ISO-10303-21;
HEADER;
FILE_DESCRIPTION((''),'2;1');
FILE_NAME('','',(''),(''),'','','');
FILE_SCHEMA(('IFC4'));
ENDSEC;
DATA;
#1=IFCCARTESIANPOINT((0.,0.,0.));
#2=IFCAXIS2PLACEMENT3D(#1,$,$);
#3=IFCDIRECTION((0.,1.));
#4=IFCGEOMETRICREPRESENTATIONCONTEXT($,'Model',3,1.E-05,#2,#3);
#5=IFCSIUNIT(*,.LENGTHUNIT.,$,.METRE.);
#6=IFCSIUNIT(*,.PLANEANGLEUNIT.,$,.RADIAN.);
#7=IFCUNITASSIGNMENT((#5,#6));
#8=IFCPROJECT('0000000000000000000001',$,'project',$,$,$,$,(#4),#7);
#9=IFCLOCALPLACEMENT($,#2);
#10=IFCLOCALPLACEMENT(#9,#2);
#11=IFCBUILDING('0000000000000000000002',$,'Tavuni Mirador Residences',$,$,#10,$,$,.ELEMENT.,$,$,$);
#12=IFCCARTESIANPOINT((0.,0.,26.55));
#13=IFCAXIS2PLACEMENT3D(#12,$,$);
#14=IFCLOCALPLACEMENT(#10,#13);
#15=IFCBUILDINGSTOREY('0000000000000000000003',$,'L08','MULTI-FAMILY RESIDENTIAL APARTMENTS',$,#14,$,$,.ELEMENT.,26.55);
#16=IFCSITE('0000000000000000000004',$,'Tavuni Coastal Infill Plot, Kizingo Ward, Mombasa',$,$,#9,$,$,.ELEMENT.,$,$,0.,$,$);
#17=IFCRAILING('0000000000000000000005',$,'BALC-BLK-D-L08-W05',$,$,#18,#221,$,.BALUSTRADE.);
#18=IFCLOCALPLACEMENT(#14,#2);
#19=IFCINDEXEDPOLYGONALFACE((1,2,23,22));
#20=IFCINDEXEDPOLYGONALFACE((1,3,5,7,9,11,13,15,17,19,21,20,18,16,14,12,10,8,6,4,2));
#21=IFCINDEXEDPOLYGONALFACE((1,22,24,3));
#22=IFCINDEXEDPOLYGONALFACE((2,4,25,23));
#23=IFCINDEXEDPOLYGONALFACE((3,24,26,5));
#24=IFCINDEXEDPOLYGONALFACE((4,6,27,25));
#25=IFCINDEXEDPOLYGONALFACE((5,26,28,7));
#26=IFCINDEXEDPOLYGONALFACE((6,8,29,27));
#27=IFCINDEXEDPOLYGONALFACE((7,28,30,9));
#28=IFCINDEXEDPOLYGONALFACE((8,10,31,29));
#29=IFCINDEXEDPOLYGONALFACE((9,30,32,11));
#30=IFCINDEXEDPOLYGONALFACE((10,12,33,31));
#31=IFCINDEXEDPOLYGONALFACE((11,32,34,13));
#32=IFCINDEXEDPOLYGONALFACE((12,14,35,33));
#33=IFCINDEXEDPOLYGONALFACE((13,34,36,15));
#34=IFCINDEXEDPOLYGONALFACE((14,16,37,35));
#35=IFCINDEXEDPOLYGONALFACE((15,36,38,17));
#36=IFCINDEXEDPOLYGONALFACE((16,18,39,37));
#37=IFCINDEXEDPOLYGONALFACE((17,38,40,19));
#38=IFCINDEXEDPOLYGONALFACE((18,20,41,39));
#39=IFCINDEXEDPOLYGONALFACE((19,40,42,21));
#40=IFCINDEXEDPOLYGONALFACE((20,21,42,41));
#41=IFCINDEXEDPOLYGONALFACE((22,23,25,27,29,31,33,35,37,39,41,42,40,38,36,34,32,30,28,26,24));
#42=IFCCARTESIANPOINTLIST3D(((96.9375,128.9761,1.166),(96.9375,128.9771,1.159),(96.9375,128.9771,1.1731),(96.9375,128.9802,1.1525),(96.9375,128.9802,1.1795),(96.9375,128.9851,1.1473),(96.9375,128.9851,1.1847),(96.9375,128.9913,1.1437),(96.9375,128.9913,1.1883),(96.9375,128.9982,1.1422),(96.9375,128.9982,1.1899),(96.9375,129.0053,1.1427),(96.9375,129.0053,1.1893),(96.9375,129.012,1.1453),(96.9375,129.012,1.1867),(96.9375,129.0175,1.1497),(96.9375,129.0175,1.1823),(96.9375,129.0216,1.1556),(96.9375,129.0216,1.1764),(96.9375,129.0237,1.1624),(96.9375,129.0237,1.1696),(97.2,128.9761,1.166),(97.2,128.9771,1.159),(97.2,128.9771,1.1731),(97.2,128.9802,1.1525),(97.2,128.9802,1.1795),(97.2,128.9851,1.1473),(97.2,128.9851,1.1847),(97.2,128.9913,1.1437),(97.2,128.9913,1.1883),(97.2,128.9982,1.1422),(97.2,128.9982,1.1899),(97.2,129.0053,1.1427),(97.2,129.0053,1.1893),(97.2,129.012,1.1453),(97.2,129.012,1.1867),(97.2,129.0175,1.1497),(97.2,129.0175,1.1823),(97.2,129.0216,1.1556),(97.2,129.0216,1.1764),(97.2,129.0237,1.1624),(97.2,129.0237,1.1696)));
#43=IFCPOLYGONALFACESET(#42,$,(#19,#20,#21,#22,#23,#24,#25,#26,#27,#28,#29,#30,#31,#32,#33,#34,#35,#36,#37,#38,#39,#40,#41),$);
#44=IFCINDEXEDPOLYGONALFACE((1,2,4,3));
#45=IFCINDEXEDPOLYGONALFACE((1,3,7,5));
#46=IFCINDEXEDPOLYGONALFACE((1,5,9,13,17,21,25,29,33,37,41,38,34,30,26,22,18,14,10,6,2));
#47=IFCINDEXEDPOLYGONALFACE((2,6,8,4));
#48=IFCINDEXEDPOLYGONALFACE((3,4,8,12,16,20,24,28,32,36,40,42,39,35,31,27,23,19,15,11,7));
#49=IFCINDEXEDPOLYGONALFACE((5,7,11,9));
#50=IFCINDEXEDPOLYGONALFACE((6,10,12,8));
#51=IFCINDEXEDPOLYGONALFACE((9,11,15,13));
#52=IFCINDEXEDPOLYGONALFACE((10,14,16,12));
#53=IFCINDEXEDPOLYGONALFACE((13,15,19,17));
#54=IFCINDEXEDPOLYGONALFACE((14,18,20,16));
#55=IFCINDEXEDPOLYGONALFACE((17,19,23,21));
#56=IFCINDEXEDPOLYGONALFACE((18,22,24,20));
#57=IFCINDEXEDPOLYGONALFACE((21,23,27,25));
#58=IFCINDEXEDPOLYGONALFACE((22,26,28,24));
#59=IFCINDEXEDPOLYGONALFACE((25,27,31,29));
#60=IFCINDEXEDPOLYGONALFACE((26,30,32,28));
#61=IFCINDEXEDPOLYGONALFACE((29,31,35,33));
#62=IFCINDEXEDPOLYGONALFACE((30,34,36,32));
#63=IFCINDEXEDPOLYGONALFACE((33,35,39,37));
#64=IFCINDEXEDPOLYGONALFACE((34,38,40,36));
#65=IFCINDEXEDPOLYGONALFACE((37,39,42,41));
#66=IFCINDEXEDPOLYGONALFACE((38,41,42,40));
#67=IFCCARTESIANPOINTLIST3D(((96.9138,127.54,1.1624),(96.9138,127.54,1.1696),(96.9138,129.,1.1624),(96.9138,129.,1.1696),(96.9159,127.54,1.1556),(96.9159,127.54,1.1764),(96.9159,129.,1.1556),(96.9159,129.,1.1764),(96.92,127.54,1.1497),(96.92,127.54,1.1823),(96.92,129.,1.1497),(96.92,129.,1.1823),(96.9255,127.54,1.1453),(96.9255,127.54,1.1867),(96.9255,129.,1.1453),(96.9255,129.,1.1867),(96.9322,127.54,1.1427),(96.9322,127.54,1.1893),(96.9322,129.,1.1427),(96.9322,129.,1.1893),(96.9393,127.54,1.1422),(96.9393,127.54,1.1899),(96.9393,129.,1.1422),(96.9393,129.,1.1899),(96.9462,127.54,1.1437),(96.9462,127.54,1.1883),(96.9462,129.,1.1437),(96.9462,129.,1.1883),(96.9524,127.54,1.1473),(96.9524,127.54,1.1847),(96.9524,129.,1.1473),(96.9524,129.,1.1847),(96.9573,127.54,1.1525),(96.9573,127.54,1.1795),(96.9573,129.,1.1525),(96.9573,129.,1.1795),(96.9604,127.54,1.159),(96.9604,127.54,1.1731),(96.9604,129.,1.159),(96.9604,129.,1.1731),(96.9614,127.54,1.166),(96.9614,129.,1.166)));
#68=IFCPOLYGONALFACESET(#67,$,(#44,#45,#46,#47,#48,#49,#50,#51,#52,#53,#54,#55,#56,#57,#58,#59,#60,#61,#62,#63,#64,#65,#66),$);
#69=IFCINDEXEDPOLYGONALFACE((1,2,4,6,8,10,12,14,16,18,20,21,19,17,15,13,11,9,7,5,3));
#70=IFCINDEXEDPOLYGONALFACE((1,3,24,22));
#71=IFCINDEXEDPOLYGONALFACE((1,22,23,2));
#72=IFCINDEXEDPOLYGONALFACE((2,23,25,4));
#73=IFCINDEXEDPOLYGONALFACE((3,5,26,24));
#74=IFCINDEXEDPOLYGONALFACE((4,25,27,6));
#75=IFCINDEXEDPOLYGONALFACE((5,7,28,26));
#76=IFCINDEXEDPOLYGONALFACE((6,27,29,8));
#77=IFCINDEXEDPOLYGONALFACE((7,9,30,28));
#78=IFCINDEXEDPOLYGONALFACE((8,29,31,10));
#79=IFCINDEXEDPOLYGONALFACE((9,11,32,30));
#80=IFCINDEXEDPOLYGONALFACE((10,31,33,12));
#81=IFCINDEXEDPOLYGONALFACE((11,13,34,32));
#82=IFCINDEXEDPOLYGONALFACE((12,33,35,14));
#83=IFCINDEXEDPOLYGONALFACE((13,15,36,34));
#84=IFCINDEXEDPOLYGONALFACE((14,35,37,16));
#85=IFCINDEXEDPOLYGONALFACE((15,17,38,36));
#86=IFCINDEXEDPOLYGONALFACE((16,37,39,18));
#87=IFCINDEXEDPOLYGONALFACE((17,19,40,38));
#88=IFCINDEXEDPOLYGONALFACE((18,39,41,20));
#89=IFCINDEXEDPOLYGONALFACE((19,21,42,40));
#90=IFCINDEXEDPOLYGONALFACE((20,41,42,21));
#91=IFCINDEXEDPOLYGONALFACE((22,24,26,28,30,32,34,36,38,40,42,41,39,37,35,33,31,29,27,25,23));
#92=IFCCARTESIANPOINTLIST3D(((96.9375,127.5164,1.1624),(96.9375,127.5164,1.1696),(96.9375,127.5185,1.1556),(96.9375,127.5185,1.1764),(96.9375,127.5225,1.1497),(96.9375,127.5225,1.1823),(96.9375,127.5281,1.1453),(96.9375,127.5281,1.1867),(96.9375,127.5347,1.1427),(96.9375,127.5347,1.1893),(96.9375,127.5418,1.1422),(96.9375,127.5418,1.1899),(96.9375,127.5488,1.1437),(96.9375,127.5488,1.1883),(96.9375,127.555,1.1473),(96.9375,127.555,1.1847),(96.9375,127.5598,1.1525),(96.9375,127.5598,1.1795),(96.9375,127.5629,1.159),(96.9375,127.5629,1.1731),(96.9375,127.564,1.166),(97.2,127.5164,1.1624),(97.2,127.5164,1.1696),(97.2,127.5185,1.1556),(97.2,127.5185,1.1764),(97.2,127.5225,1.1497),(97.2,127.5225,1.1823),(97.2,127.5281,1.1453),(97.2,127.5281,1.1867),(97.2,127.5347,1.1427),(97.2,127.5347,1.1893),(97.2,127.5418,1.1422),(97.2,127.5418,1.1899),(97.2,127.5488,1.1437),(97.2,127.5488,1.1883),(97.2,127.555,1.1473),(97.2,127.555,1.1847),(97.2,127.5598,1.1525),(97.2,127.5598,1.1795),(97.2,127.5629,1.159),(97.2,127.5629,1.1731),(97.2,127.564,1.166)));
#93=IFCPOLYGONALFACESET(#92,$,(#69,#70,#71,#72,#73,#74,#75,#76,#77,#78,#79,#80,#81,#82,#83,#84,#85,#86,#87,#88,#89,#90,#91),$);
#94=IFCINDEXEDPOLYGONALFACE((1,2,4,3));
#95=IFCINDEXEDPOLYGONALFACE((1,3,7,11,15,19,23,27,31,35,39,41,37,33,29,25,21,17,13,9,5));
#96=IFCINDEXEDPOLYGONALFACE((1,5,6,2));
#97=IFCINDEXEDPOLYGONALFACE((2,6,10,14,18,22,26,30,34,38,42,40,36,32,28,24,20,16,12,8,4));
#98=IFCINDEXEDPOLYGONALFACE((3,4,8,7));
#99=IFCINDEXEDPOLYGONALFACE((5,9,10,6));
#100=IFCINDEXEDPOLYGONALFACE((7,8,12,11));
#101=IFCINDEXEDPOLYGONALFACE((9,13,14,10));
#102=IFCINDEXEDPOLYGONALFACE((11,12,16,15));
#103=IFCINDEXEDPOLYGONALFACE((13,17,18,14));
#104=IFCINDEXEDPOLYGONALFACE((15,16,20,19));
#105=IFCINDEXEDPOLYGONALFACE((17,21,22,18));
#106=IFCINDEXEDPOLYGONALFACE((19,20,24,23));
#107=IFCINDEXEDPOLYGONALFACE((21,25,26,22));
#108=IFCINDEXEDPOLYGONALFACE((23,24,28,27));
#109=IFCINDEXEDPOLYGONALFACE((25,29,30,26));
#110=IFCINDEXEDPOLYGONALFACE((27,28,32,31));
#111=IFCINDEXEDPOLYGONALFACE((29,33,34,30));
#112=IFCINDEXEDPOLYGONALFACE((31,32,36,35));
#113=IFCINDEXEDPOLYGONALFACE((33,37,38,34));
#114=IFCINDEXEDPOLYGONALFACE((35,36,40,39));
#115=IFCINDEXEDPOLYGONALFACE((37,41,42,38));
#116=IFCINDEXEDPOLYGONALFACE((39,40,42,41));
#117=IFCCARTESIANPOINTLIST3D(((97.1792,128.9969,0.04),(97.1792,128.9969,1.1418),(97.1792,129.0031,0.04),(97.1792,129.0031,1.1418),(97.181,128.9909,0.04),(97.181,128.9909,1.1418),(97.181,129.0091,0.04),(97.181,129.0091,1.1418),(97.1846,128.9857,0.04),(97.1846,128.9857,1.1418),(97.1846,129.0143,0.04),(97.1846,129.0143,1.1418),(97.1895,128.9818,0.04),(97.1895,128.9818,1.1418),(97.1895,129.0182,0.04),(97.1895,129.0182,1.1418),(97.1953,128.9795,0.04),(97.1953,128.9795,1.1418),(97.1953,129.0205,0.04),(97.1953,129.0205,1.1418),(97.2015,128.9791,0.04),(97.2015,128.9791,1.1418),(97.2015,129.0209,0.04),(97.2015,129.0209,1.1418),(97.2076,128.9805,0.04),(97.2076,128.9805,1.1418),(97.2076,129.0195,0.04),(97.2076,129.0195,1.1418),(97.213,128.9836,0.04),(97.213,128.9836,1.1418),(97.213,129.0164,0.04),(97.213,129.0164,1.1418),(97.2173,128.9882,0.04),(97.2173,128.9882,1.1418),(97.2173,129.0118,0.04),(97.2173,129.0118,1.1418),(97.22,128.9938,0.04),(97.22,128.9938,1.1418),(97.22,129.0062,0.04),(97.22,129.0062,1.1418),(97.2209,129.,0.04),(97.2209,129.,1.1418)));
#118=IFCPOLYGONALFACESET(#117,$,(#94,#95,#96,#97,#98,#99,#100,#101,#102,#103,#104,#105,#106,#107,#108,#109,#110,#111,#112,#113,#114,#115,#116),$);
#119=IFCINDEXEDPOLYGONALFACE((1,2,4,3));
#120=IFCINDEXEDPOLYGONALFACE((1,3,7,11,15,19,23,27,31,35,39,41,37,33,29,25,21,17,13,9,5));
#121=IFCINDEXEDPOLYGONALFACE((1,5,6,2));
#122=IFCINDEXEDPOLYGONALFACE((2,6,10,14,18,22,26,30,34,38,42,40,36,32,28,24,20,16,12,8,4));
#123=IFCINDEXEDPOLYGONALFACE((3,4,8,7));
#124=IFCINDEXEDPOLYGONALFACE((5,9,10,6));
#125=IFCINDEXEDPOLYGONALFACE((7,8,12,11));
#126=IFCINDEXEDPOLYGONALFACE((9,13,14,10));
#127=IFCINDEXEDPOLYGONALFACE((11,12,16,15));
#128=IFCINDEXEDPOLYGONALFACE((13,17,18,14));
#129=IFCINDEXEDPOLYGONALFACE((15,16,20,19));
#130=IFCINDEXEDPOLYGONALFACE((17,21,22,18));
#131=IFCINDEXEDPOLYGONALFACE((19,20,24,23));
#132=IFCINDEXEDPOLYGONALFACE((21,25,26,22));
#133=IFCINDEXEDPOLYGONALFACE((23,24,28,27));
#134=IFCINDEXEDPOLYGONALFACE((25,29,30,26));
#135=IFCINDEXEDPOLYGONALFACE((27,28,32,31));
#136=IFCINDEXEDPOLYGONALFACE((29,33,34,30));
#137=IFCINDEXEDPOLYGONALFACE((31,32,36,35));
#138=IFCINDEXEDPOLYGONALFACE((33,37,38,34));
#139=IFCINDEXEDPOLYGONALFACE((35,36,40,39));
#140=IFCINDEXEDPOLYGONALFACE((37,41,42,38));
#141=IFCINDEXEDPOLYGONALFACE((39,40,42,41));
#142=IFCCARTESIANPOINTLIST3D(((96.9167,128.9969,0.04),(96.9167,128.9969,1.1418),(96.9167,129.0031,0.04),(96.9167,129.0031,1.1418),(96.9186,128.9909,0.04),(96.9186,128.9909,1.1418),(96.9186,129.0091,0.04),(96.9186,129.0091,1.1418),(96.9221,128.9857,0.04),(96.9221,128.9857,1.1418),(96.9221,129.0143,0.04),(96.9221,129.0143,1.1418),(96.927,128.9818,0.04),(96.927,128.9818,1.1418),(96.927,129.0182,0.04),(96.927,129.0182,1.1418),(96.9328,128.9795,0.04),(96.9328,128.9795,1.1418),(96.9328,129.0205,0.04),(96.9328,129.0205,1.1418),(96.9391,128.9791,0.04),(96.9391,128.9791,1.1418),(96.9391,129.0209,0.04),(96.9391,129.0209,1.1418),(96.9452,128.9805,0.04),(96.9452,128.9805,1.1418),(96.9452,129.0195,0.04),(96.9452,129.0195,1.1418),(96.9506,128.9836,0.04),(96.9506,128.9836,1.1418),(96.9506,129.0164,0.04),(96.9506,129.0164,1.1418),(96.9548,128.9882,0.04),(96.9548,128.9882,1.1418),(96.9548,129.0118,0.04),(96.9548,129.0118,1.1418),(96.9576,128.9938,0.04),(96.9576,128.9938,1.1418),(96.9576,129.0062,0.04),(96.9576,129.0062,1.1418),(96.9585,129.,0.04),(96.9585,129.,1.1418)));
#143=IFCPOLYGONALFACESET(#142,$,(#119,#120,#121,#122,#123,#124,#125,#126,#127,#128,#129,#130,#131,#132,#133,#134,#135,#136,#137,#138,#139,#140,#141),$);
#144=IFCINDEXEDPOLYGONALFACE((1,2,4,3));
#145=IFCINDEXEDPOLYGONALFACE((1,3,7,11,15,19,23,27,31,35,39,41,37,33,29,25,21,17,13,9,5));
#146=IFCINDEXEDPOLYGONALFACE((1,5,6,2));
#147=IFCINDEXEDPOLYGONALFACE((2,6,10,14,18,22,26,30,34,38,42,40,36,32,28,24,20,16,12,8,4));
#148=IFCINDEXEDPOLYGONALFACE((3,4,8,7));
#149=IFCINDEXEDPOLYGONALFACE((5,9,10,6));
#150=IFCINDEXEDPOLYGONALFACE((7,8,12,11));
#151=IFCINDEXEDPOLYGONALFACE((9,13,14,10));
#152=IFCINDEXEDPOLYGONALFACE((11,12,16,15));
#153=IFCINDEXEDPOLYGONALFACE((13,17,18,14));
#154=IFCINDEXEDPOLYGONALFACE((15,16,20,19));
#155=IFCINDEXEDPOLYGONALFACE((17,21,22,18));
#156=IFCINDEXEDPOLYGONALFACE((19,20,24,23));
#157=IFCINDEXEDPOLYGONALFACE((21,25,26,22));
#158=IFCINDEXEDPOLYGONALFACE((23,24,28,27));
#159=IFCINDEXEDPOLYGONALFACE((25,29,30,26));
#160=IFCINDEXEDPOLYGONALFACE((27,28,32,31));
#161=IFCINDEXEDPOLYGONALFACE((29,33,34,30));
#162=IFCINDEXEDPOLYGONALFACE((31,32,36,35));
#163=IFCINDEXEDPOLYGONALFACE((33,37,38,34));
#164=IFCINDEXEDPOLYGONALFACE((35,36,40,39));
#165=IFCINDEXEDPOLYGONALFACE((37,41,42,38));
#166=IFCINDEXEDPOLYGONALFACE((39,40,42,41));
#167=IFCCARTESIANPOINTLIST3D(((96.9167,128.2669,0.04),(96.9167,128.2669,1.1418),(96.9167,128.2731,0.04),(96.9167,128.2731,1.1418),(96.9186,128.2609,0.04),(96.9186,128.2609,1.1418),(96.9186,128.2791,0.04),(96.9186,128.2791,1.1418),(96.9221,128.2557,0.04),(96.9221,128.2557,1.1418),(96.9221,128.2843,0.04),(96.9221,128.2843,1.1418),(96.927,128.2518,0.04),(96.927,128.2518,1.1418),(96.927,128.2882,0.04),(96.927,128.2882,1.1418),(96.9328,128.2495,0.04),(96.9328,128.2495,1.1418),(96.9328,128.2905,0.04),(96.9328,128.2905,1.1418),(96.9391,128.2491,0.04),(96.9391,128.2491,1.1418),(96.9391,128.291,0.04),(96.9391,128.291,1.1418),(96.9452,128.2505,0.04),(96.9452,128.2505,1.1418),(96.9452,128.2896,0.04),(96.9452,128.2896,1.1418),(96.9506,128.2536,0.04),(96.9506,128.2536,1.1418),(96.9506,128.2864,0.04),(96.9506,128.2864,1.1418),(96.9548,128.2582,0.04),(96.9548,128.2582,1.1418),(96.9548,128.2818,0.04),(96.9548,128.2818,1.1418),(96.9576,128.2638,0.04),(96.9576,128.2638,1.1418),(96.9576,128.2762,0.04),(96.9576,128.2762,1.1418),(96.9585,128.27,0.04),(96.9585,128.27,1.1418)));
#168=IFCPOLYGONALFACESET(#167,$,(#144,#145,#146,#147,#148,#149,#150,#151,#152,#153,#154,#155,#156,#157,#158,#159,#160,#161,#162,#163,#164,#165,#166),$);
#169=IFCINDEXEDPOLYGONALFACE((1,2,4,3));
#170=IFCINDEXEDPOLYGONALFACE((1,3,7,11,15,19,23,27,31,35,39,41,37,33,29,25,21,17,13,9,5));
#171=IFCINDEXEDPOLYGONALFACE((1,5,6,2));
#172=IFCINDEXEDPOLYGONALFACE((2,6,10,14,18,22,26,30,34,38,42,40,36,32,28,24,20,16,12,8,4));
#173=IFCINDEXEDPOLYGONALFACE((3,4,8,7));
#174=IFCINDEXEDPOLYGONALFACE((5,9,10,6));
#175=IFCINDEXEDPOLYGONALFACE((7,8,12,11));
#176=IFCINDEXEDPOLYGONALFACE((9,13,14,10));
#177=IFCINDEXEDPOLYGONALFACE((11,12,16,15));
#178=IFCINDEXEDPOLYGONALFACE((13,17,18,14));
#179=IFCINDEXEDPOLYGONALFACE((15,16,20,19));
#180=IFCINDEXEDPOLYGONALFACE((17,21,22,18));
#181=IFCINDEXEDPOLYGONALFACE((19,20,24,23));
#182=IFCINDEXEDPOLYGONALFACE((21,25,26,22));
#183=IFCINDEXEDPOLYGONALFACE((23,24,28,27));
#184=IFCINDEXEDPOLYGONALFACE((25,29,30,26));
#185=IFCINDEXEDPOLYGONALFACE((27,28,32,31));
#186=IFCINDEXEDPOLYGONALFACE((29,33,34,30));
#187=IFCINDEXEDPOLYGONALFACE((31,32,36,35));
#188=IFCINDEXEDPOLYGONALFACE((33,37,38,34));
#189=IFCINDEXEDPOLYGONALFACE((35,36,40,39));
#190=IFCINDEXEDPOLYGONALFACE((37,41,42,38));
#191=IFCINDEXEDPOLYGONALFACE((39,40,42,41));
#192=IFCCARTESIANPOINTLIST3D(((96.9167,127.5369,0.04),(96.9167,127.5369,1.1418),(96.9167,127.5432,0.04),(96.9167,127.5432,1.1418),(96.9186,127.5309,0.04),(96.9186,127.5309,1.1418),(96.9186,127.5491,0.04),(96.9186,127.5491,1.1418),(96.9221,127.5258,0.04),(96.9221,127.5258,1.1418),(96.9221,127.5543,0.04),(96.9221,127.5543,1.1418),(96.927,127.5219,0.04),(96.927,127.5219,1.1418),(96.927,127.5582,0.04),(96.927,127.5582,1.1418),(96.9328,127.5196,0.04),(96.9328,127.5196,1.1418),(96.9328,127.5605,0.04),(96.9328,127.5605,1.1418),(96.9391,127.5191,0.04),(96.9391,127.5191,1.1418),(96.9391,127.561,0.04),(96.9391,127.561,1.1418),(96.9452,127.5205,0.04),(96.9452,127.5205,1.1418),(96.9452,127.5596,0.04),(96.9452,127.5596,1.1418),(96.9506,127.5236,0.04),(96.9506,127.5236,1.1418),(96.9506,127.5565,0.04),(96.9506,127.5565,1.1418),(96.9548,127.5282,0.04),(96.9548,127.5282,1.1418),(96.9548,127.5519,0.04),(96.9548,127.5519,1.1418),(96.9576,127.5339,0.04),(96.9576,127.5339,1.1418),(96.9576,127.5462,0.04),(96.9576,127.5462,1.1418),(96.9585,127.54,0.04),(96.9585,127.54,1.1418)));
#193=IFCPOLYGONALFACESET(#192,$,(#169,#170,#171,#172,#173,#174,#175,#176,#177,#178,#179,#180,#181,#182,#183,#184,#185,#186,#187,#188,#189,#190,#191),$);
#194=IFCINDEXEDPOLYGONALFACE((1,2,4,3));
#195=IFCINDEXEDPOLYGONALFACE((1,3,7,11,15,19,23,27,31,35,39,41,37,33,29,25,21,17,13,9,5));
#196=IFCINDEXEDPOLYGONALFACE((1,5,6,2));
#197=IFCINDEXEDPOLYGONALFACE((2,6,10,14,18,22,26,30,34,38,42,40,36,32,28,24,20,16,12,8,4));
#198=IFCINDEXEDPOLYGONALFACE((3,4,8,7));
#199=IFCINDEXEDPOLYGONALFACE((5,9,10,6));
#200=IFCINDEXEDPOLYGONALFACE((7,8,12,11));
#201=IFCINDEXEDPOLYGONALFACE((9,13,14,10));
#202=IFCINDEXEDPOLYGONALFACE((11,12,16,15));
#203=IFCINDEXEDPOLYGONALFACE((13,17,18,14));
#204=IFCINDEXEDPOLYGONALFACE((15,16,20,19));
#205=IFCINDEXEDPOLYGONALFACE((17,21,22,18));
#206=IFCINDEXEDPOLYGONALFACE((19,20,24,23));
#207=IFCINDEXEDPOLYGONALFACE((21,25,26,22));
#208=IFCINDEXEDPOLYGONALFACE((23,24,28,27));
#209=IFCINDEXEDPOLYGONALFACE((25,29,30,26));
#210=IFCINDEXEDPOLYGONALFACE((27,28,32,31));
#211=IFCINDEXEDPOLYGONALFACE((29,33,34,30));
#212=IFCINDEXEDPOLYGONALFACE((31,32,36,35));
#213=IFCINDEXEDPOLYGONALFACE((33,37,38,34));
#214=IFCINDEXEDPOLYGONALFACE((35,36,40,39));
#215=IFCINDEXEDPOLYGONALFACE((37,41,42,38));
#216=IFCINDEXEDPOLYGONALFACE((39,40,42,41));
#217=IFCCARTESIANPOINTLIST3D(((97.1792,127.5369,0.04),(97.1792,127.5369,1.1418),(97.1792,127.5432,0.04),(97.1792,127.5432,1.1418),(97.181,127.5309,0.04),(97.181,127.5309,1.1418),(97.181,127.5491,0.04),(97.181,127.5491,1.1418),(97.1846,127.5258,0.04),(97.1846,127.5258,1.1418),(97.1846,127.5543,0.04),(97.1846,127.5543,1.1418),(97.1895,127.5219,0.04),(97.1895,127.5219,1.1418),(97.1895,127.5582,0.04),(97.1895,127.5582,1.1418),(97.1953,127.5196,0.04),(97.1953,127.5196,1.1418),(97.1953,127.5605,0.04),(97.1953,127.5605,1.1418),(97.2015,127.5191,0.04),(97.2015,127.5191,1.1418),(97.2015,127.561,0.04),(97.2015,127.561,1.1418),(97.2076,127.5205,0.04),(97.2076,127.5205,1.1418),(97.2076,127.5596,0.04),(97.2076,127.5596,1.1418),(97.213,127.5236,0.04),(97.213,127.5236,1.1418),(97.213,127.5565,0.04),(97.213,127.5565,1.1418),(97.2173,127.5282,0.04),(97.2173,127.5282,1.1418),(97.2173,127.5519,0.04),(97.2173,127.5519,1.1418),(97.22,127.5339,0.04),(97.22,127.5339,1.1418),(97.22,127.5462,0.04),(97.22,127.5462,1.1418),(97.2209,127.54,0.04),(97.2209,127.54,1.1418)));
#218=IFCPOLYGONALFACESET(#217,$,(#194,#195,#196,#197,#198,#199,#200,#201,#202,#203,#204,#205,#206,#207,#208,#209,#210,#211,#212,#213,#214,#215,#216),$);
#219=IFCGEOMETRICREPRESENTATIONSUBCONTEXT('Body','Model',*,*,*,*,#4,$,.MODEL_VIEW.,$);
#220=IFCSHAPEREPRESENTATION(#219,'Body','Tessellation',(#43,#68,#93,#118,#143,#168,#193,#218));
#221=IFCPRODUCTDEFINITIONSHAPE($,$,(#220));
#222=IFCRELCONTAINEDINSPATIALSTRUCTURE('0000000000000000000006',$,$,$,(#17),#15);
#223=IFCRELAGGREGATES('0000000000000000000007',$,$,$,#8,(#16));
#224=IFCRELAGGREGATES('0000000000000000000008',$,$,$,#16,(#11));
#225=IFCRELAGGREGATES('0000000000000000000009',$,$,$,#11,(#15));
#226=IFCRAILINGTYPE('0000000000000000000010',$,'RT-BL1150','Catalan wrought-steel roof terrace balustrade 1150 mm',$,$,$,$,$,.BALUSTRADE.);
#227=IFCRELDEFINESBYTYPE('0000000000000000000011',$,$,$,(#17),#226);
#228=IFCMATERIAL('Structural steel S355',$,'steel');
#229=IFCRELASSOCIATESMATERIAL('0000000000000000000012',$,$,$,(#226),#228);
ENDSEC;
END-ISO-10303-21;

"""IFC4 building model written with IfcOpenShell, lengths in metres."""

from ifc_helpers import new_model, si_unit, direction, frame, origin, origin_2d, place, context, subcontext, project, spatial, circle, extrude, material, type_object, element, save


model = new_model("IFC4")

# Units and contexts
model_context = context("Model", 3, precision=1e-05, world=origin(), true_north=direction((0.0, 1.0)))
body_context = subcontext(model_context, "Body", "Model", "MODEL_VIEW")
ifc_project = project(units=[si_unit("LENGTHUNIT", "METRE"), si_unit("PLANEANGLEUNIT", "RADIAN")], contexts=[model_context])

# Site, building, storey
site_placement = place(None, origin())
site = spatial("IfcSite", under=ifc_project, at=site_placement, Name="Tavuni Coastal Infill Plot, Kizingo Ward, Mombasa", CompositionType="ELEMENT", RefElevation=0.0)
building_placement = place(site_placement, origin())
building = spatial("IfcBuilding", under=site, at=building_placement, Name="Tavuni Mirador Residences", CompositionType="ELEMENT")
storey_placement = place(building_placement, frame((0.0, 0.0, 26.55)))
storey = spatial("IfcBuildingStorey", under=building, at=storey_placement, Name="L08", Description="MULTI-FAMILY RESIDENTIAL APARTMENTS", CompositionType="ELEMENT", Elevation=26.55)

# Railing
ifc_material_1 = material(Name="Structural steel S355", Category="steel")
railing_type = type_object("IfcRailingType", Name="RT-BL1150", Description="Catalan wrought-steel roof terrace balustrade 1150 mm", PredefinedType="BALUSTRADE", material=ifc_material_1)
railing_1_placement = place(storey_placement, frame((97.2, 129.0, 0.04)))
element("IfcRailing", 1, at=railing_1_placement, inside=storey, type_object=railing_type, Name="BALC-BLK-D-L08-W05", PredefinedType="BALUSTRADE", context=body_context, shape_type="SweptSolid", body=[
    extrude(circle(Radius=0.0239, at=origin_2d()), frame((0.0, 0.0, 1.126), z_axis=(-1.0, 0.0, 0.0), x_axis=(0.0, -1.0, 0.0)), (0.0, 0.0, 1.0), 0.2625),
    extrude(circle(Radius=0.0239, at=origin_2d()), frame((-0.2625, 0.0, 1.126), z_axis=(0.0, -1.0, 0.0), x_axis=(1.0, 0.0, 0.0)), (0.0, 0.0, 1.0), 1.46),
    extrude(circle(Radius=0.0239, at=origin_2d()), frame((-0.2625, -1.46, 1.126), z_axis=(1.0, 0.0, 0.0), x_axis=(0.0, 1.0, 0.0)), (0.0, 0.0, 1.0), 0.2625),
    extrude(circle(Radius=0.021, at=origin_2d()), origin(), (0.0, 0.0, 1.0), 1.1018),
    extrude(circle(Radius=0.021, at=origin_2d()), frame((-0.2625, 0.0, 0.0)), (0.0, 0.0, 1.0), 1.1018),
    extrude(circle(Radius=0.021, at=origin_2d()), frame((-0.2625, -0.73, 0.0)), (0.0, 0.0, 1.0), 1.1018),
    extrude(circle(Radius=0.021, at=origin_2d()), frame((-0.2625, -1.46, 0.0)), (0.0, 0.0, 1.0), 1.1018),
    extrude(circle(Radius=0.021, at=origin_2d()), frame((0.0, -1.46, 0.0)), (0.0, 0.0, 1.0), 1.1018),
])

save(model, "model.ifc")
